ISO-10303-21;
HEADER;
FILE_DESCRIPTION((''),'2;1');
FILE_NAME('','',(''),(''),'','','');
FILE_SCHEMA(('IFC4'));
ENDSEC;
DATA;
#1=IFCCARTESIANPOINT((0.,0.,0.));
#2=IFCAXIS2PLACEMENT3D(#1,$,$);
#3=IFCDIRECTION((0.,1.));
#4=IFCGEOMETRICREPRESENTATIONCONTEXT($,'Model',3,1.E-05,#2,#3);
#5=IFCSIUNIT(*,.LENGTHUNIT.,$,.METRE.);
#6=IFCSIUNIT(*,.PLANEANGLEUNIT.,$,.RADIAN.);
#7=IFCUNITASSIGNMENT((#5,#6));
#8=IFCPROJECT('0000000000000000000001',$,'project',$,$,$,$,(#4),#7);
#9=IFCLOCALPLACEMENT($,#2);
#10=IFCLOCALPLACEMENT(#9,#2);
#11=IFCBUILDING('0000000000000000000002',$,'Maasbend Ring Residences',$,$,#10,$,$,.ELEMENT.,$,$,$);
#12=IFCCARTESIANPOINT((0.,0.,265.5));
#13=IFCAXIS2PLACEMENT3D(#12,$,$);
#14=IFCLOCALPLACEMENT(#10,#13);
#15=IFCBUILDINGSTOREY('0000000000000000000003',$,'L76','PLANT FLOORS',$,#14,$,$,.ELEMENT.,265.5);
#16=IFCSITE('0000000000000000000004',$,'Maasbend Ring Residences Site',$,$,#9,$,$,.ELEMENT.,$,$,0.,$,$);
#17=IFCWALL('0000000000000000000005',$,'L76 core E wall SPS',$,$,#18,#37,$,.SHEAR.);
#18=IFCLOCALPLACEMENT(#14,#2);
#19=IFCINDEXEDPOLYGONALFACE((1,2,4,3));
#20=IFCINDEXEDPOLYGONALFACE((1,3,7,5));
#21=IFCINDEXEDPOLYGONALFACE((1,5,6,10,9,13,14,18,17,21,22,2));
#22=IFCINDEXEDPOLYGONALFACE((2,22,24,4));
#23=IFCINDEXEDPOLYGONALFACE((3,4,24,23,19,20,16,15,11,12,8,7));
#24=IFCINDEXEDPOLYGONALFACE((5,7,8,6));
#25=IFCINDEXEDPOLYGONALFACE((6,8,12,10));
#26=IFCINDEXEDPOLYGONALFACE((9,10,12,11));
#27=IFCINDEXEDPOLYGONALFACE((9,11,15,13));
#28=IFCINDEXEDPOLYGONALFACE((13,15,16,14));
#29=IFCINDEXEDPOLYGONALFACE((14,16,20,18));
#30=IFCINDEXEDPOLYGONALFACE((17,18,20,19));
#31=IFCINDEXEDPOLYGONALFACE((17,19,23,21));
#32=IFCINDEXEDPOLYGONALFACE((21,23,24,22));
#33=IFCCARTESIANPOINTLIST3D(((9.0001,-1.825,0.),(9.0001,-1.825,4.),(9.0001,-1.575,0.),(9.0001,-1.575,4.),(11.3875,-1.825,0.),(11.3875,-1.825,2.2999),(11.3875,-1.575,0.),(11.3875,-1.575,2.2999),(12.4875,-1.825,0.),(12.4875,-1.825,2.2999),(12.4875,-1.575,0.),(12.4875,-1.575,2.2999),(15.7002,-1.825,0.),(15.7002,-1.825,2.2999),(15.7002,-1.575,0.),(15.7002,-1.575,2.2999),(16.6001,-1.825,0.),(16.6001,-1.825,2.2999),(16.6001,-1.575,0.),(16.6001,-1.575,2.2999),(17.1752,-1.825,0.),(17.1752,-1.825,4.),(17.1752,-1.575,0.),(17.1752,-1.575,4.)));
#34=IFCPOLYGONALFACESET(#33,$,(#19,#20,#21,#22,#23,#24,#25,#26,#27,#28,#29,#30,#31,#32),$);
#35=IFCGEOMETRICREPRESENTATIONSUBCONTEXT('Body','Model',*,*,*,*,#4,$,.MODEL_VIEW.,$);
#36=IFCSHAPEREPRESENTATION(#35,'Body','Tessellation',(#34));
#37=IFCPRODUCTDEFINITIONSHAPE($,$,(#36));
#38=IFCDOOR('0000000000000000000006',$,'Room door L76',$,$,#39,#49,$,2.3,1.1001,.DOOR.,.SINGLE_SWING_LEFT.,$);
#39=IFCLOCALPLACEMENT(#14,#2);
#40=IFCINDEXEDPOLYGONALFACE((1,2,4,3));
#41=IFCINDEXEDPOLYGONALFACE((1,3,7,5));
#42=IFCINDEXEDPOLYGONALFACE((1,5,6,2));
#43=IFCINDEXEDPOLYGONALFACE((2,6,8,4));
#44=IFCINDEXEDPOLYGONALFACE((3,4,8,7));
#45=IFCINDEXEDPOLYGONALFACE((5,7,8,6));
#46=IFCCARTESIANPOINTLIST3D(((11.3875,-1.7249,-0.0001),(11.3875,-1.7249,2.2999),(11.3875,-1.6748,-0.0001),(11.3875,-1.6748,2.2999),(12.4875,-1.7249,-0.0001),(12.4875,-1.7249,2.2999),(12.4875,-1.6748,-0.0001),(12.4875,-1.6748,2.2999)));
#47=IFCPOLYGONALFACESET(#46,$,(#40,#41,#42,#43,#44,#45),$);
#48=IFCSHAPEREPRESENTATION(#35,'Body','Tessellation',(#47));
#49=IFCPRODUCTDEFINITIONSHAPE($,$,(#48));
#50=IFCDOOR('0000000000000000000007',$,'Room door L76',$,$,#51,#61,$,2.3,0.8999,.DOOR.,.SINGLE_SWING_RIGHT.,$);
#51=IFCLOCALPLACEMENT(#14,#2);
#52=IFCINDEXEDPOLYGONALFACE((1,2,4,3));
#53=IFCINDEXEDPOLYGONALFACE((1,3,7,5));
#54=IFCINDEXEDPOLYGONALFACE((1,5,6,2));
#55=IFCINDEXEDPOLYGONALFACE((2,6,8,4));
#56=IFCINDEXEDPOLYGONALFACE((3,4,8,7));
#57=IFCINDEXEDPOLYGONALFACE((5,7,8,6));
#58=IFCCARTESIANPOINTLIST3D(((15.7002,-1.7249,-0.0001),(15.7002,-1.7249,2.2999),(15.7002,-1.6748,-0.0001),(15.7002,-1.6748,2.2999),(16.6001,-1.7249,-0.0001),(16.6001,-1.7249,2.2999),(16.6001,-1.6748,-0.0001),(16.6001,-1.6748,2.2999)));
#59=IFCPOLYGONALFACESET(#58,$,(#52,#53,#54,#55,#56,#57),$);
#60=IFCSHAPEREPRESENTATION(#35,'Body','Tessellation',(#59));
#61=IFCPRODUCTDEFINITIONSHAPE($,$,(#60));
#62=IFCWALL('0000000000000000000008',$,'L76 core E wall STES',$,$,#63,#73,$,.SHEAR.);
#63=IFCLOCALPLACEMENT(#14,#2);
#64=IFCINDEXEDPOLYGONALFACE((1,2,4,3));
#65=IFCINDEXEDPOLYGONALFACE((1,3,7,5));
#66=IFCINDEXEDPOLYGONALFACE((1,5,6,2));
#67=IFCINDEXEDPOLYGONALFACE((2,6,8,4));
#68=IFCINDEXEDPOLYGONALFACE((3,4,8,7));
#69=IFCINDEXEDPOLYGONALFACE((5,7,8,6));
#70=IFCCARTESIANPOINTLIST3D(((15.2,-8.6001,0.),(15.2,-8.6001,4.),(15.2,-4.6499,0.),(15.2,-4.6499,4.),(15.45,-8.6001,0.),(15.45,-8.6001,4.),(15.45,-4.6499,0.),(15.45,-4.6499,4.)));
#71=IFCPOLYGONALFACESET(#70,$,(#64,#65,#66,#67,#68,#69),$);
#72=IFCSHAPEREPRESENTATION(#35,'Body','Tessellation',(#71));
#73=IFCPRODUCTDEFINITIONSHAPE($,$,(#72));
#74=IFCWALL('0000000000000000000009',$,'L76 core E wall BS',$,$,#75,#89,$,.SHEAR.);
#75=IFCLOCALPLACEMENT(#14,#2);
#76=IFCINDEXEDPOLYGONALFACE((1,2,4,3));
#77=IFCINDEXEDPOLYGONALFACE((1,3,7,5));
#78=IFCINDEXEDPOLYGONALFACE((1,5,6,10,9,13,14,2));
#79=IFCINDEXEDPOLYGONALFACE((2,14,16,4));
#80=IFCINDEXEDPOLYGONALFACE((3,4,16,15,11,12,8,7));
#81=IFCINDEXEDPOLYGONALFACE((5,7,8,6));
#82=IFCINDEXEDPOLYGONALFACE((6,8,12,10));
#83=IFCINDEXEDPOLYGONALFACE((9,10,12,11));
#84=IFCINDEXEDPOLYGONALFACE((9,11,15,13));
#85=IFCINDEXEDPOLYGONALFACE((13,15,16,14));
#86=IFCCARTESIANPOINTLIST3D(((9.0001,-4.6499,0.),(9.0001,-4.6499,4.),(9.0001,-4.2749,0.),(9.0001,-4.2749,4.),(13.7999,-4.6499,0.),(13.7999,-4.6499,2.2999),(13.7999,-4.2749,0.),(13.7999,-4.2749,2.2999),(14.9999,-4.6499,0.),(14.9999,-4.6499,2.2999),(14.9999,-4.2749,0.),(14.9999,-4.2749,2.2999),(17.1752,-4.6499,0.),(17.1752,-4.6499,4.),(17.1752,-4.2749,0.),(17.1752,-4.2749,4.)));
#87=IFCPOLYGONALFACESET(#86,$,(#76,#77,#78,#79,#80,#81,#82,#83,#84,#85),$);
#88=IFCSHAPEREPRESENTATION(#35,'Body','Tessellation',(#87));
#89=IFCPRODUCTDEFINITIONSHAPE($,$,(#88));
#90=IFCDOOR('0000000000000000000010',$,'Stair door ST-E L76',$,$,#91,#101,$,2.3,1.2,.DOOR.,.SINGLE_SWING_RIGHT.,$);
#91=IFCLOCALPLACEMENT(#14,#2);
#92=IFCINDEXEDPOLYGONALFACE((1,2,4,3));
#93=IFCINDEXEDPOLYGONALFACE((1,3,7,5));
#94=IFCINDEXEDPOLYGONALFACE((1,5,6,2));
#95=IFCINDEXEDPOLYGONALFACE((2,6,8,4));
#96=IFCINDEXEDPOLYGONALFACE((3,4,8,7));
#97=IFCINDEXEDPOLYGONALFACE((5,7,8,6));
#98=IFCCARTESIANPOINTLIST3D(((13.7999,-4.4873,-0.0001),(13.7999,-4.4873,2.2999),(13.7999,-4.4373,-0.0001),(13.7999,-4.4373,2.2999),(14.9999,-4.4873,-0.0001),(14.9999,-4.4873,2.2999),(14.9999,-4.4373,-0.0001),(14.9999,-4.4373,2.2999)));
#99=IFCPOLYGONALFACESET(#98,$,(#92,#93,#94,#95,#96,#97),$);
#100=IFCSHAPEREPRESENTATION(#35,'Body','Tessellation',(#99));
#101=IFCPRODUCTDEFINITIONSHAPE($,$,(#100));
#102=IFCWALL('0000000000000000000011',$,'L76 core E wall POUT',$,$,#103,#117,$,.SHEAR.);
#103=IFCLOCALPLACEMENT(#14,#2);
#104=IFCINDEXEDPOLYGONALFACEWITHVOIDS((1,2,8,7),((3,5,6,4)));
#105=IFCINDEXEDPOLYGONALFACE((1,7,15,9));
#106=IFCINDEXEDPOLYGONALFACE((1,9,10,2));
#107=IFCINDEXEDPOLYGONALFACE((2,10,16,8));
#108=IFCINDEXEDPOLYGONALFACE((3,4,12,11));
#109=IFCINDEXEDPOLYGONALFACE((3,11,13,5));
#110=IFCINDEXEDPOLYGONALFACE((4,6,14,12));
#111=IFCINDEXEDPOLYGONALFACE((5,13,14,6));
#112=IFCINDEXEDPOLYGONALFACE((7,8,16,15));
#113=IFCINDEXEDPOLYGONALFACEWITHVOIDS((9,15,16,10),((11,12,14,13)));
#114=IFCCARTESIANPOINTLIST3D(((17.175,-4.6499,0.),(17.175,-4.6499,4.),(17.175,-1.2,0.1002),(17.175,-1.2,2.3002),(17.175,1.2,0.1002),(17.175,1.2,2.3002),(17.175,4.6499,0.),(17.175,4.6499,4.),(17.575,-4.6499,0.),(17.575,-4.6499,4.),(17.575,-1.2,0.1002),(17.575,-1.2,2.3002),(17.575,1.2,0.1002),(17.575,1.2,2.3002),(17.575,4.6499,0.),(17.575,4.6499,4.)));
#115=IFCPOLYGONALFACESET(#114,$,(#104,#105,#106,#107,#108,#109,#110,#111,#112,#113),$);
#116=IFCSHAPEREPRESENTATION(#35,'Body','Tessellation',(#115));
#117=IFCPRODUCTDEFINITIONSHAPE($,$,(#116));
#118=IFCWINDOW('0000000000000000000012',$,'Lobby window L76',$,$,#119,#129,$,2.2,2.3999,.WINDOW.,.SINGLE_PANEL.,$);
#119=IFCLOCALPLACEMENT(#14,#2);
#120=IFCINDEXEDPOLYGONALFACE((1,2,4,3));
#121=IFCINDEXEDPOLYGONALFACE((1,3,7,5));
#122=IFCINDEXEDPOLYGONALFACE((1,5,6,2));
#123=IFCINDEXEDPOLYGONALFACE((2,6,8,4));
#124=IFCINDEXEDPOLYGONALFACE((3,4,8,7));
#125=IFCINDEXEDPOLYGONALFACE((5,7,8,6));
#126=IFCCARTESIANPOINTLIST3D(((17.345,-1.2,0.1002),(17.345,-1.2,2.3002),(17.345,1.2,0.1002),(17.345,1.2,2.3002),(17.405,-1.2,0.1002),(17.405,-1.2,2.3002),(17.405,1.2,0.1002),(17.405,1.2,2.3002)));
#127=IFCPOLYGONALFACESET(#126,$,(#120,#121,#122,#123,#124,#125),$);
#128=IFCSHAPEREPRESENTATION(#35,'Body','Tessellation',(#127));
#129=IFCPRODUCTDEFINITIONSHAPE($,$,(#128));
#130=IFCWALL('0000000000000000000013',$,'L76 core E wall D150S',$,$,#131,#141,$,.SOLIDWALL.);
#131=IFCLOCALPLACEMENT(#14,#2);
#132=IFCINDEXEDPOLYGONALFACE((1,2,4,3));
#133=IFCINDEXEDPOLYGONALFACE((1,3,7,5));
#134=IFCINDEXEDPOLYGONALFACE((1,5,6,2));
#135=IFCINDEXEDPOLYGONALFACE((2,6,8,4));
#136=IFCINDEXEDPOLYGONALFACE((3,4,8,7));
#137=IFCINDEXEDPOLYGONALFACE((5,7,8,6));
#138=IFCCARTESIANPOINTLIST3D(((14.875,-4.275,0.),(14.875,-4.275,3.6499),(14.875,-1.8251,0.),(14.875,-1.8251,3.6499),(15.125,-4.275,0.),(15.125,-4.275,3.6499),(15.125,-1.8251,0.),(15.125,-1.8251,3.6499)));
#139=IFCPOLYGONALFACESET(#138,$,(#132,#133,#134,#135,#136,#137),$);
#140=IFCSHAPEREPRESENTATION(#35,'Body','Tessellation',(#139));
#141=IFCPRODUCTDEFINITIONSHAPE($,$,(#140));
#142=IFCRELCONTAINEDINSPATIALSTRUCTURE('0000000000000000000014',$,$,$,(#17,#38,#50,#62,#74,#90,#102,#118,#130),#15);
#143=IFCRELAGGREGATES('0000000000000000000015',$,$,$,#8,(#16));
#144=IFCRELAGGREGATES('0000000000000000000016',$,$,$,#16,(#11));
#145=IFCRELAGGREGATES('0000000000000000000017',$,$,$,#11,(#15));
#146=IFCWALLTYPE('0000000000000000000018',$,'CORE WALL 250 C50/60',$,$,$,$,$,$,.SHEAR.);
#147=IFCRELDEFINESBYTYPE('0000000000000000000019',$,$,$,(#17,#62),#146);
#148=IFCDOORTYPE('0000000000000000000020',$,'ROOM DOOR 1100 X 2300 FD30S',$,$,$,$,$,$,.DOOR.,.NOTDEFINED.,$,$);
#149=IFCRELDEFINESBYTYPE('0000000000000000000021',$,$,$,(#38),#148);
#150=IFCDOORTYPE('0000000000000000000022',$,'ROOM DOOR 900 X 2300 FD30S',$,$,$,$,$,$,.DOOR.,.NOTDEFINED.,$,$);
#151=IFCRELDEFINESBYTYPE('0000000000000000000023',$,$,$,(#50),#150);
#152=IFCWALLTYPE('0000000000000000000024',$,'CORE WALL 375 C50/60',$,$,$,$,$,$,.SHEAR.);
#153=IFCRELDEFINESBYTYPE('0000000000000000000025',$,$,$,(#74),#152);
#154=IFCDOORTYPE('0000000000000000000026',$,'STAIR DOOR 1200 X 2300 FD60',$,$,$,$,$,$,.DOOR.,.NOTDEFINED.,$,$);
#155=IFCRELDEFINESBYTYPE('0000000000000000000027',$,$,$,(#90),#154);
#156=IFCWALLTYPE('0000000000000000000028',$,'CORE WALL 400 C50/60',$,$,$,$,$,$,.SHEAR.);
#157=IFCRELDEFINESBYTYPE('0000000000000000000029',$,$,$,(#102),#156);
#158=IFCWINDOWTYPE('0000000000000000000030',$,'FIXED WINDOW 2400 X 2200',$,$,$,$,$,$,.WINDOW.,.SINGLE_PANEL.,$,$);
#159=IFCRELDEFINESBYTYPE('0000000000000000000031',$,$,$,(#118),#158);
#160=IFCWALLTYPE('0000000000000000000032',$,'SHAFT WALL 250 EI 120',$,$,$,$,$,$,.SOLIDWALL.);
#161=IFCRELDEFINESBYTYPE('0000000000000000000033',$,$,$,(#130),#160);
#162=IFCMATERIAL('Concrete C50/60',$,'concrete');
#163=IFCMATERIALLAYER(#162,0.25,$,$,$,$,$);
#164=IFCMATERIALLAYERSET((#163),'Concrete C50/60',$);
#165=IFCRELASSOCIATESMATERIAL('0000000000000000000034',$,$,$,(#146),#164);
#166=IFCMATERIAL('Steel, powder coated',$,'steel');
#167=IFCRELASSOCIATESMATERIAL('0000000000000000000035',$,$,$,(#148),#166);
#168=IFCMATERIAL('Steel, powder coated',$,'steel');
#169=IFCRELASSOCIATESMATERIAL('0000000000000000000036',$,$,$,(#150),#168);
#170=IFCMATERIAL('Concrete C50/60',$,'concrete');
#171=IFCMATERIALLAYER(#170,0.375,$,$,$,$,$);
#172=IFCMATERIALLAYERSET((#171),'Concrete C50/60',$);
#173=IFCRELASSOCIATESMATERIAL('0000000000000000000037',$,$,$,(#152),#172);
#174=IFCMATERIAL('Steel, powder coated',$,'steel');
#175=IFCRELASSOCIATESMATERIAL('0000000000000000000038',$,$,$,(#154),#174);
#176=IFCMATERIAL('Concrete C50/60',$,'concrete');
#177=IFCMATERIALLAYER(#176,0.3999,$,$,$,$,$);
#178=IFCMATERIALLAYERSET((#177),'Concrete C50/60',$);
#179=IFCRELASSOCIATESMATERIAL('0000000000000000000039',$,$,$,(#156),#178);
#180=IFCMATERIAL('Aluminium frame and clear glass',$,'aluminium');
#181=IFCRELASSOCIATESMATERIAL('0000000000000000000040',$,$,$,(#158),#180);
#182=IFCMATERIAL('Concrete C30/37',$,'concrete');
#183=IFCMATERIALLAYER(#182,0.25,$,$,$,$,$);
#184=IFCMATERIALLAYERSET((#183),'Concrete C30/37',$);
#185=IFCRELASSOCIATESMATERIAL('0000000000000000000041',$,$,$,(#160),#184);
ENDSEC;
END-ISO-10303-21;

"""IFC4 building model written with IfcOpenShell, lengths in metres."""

from ifc_helpers import new_model, si_unit, direction, frame, frame_2d, origin, place, context, subcontext, project, spatial, rectangle, extrude, material, layer, layer_set, type_object, element, fill, save


model = new_model("IFC4")

# Units and contexts
model_context = context("Model", 3, precision=1e-05, world=origin(), true_north=direction((0.0, 1.0)))
body_context = subcontext(model_context, "Body", "Model", "MODEL_VIEW")
ifc_project = project(units=[si_unit("LENGTHUNIT", "METRE"), si_unit("PLANEANGLEUNIT", "RADIAN")], contexts=[model_context])

# Site, building, storey
site_placement = place(None, origin())
site = spatial("IfcSite", under=ifc_project, at=site_placement, Name="Maasbend Ring Residences Site", CompositionType="ELEMENT", RefElevation=0.0)
building_placement = place(site_placement, origin())
building = spatial("IfcBuilding", under=site, at=building_placement, Name="Maasbend Ring Residences", CompositionType="ELEMENT")
storey_placement = place(building_placement, frame((0.0, 0.0, 265.5)))
storey = spatial("IfcBuildingStorey", under=building, at=storey_placement, Name="L76", Description="PLANT FLOORS", CompositionType="ELEMENT", Elevation=265.5)

# Wall, openings, doors
ifc_material_1 = material(Name="Concrete C50/60", Category="concrete")
ifc_layer_1 = layer(ifc_material_1, 0.25)
ifc_layer_set_1 = layer_set([ifc_layer_1], Name="Concrete C50/60")
wall_type_1 = type_object("IfcWallType", Name="CORE WALL 250 C50/60", PredefinedType="SHEAR", material=ifc_layer_set_1)
wall_1_placement = place(storey_placement, frame((17.175, -1.7, 0.0), z_axis=(0.0, 0.0, 1.0), x_axis=(-1.0, 0.0, 0.0)))
wall_1 = element("IfcWall", 1, at=wall_1_placement, inside=storey, type_object=wall_type_1, Name="L76 core E wall SPS", PredefinedType="SHEAR", context=body_context, shape_type="SweptSolid", body=[
    extrude(rectangle(XDim=8.175, YDim=0.25, at=frame_2d((4.0874, 0.0))), origin(), (0.0, 0.0, 1.0), 4.0),
])
opening_1_placement = place(wall_1_placement, frame((4.6875, 0.0, 0.0)))
opening_1 = element("IfcOpeningElement", 2, at=opening_1_placement, cuts=wall_1, PredefinedType="OPENING", context=body_context, shape_type="SweptSolid", body=[
    extrude(rectangle(XDim=1.1001, YDim=2.3, at=frame_2d((0.55, 1.1499))), frame((0.0, 0.135, 0.0), z_axis=(0.0, -1.0, 0.0), x_axis=(1.0, 0.0, 0.0)), (0.0, 0.0, 1.0), 0.27),
])
opening_2_placement = place(wall_1_placement, frame((0.575, 0.0, 0.0)))
opening_2 = element("IfcOpeningElement", 3, at=opening_2_placement, cuts=wall_1, PredefinedType="OPENING", context=body_context, shape_type="SweptSolid", body=[
    extrude(rectangle(XDim=0.8999, YDim=2.3, at=frame_2d((0.45, 1.1499))), frame((0.0, 0.135, 0.0), z_axis=(0.0, -1.0, 0.0), x_axis=(1.0, 0.0, 0.0)), (0.0, 0.0, 1.0), 0.27),
])
ifc_material_2 = material(Name="Steel, powder coated", Category="steel")
door_type_1 = type_object("IfcDoorType", Name="ROOM DOOR 1100 X 2300 FD30S", OperationType="NOTDEFINED", PredefinedType="DOOR", material=ifc_material_2)
door_1_placement = place(opening_1_placement, origin())
door_1 = element("IfcDoor", 4, at=door_1_placement, inside=storey, type_object=door_type_1, Name="Room door L76", OperationType="SINGLE_SWING_LEFT", OverallHeight=2.3, OverallWidth=1.1001, PredefinedType="DOOR", context=body_context, shape_type="SweptSolid", body=[
    extrude(rectangle(XDim=1.1001, YDim=2.3, at=frame_2d((0.55, 1.1499))), frame((0.0, 0.0249, 0.0), z_axis=(0.0, -1.0, 0.0), x_axis=(1.0, 0.0, 0.0)), (0.0, 0.0, 1.0), 0.05),
])
fill(opening_1, door_1)
ifc_material_3 = material(Name="Steel, powder coated", Category="steel")
door_type_2 = type_object("IfcDoorType", Name="ROOM DOOR 900 X 2300 FD30S", OperationType="NOTDEFINED", PredefinedType="DOOR", material=ifc_material_3)
door_2_placement = place(opening_2_placement, origin())
door_2 = element("IfcDoor", 5, at=door_2_placement, inside=storey, type_object=door_type_2, Name="Room door L76", OperationType="SINGLE_SWING_RIGHT", OverallHeight=2.3, OverallWidth=0.8999, PredefinedType="DOOR", context=body_context, shape_type="SweptSolid", body=[
    extrude(rectangle(XDim=0.8999, YDim=2.3, at=frame_2d((0.45, 1.1499))), frame((0.0, 0.0249, 0.0), z_axis=(0.0, -1.0, 0.0), x_axis=(1.0, 0.0, 0.0)), (0.0, 0.0, 1.0), 0.05),
])
fill(opening_2, door_2)

# Wall
wall_2_placement = place(storey_placement, frame((15.325, -4.6499, 0.0), z_axis=(0.0, 0.0, 1.0), x_axis=(0.0, -1.0, 0.0)))
element("IfcWall", 6, at=wall_2_placement, inside=storey, type_object=wall_type_1, Name="L76 core E wall STES", PredefinedType="SHEAR", context=body_context, shape_type="SweptSolid", body=[
    extrude(rectangle(XDim=3.9502, YDim=0.25, at=frame_2d((1.9751, 0.0))), origin(), (0.0, 0.0, 1.0), 4.0),
])

# Wall, opening, door
ifc_material_4 = material(Name="Concrete C50/60", Category="concrete")
ifc_layer_2 = layer(ifc_material_4, 0.375)
ifc_layer_set_2 = layer_set([ifc_layer_2], Name="Concrete C50/60")
wall_type_2 = type_object("IfcWallType", Name="CORE WALL 375 C50/60", PredefinedType="SHEAR", material=ifc_layer_set_2)
wall_3_placement = place(storey_placement, frame((17.175, -4.4624, 0.0), z_axis=(0.0, 0.0, 1.0), x_axis=(-1.0, 0.0, 0.0)))
wall_3 = element("IfcWall", 7, at=wall_3_placement, inside=storey, type_object=wall_type_2, Name="L76 core E wall BS", PredefinedType="SHEAR", context=body_context, shape_type="SweptSolid", body=[
    extrude(rectangle(XDim=8.175, YDim=0.375, at=frame_2d((4.0874, 0.0))), origin(), (0.0, 0.0, 1.0), 4.0),
])
opening_3_placement = place(wall_3_placement, frame((2.175, 0.0, 0.0)))
opening_3 = element("IfcOpeningElement", 8, at=opening_3_placement, cuts=wall_3, PredefinedType="OPENING", context=body_context, shape_type="SweptSolid", body=[
    extrude(rectangle(XDim=1.2, YDim=2.3, at=frame_2d((0.6001, 1.1499))), frame((0.0, 0.1975, 0.0), z_axis=(0.0, -1.0, 0.0), x_axis=(1.0, 0.0, 0.0)), (0.0, 0.0, 1.0), 0.395),
])
ifc_material_5 = material(Name="Steel, powder coated", Category="steel")
door_type_3 = type_object("IfcDoorType", Name="STAIR DOOR 1200 X 2300 FD60", OperationType="NOTDEFINED", PredefinedType="DOOR", material=ifc_material_5)
door_3_placement = place(opening_3_placement, origin())
door_3 = element("IfcDoor", 9, at=door_3_placement, inside=storey, type_object=door_type_3, Name="Stair door ST-E L76", OperationType="SINGLE_SWING_RIGHT", OverallHeight=2.3, OverallWidth=1.2, PredefinedType="DOOR", context=body_context, shape_type="SweptSolid", body=[
    extrude(rectangle(XDim=1.2, YDim=2.3, at=frame_2d((0.6001, 1.1499))), frame((0.0, 0.0249, 0.0), z_axis=(0.0, -1.0, 0.0), x_axis=(1.0, 0.0, 0.0)), (0.0, 0.0, 1.0), 0.05),
])
fill(opening_3, door_3)

# Wall, opening, window
ifc_material_6 = material(Name="Concrete C50/60", Category="concrete")
ifc_layer_3 = layer(ifc_material_6, 0.3999)
ifc_layer_set_3 = layer_set([ifc_layer_3], Name="Concrete C50/60")
wall_type_3 = type_object("IfcWallType", Name="CORE WALL 400 C50/60", PredefinedType="SHEAR", material=ifc_layer_set_3)
wall_4_placement = place(storey_placement, frame((17.375, -4.6499, 0.0), z_axis=(0.0, 0.0, 1.0), x_axis=(0.0, 1.0, 0.0)))
wall_4 = element("IfcWall", 10, at=wall_4_placement, inside=storey, type_object=wall_type_3, Name="L76 core E wall POUT", PredefinedType="SHEAR", context=body_context, shape_type="SweptSolid", body=[
    extrude(rectangle(XDim=9.2998, YDim=0.3999, at=frame_2d((4.6499, 0.0))), origin(), (0.0, 0.0, 1.0), 4.0),
])
opening_4_placement = place(wall_4_placement, frame((3.45, 0.0, 0.1001)))
opening_4 = element("IfcOpeningElement", 11, at=opening_4_placement, cuts=wall_4, PredefinedType="OPENING", context=body_context, shape_type="SweptSolid", body=[
    extrude(rectangle(XDim=2.3999, YDim=2.2, at=frame_2d((1.2, 1.1001))), frame((0.0, 0.21, 0.0), z_axis=(0.0, -1.0, 0.0), x_axis=(1.0, 0.0, 0.0)), (0.0, 0.0, 1.0), 0.4199),
])
ifc_material_7 = material(Name="Aluminium frame and clear glass", Category="aluminium")
window_type = type_object("IfcWindowType", Name="FIXED WINDOW 2400 X 2200", PartitioningType="SINGLE_PANEL", PredefinedType="WINDOW", material=ifc_material_7)
window_placement = place(opening_4_placement, origin())
window = element("IfcWindow", 12, at=window_placement, inside=storey, type_object=window_type, Name="Lobby window L76", OverallHeight=2.2, OverallWidth=2.3999, PartitioningType="SINGLE_PANEL", PredefinedType="WINDOW", context=body_context, shape_type="SweptSolid", body=[
    extrude(rectangle(XDim=2.3999, YDim=2.2, at=frame_2d((1.2, 1.1001))), frame((0.0, 0.03, 0.0), z_axis=(0.0, -1.0, 0.0), x_axis=(1.0, 0.0, 0.0)), (0.0, 0.0, 1.0), 0.0601),
])
fill(opening_4, window)

# Wall
ifc_material_8 = material(Name="Concrete C30/37", Category="concrete")
ifc_layer_4 = layer(ifc_material_8, 0.25)
ifc_layer_set_4 = layer_set([ifc_layer_4], Name="Concrete C30/37")
wall_type_4 = type_object("IfcWallType", Name="SHAFT WALL 250 EI 120", PredefinedType="SOLIDWALL", material=ifc_layer_set_4)
wall_5_placement = place(storey_placement, frame((15.0, -1.825, 0.0), z_axis=(0.0, 0.0, 1.0), x_axis=(0.0, -1.0, 0.0)))
element("IfcWall", 13, at=wall_5_placement, inside=storey, type_object=wall_type_4, Name="L76 core E wall D150S", PredefinedType="SOLIDWALL", context=body_context, shape_type="SweptSolid", body=[
    extrude(rectangle(XDim=2.45, YDim=0.25, at=frame_2d((1.2251, 0.0))), origin(), (0.0, 0.0, 1.0), 3.6499),
])

save(model, "model.ifc")
